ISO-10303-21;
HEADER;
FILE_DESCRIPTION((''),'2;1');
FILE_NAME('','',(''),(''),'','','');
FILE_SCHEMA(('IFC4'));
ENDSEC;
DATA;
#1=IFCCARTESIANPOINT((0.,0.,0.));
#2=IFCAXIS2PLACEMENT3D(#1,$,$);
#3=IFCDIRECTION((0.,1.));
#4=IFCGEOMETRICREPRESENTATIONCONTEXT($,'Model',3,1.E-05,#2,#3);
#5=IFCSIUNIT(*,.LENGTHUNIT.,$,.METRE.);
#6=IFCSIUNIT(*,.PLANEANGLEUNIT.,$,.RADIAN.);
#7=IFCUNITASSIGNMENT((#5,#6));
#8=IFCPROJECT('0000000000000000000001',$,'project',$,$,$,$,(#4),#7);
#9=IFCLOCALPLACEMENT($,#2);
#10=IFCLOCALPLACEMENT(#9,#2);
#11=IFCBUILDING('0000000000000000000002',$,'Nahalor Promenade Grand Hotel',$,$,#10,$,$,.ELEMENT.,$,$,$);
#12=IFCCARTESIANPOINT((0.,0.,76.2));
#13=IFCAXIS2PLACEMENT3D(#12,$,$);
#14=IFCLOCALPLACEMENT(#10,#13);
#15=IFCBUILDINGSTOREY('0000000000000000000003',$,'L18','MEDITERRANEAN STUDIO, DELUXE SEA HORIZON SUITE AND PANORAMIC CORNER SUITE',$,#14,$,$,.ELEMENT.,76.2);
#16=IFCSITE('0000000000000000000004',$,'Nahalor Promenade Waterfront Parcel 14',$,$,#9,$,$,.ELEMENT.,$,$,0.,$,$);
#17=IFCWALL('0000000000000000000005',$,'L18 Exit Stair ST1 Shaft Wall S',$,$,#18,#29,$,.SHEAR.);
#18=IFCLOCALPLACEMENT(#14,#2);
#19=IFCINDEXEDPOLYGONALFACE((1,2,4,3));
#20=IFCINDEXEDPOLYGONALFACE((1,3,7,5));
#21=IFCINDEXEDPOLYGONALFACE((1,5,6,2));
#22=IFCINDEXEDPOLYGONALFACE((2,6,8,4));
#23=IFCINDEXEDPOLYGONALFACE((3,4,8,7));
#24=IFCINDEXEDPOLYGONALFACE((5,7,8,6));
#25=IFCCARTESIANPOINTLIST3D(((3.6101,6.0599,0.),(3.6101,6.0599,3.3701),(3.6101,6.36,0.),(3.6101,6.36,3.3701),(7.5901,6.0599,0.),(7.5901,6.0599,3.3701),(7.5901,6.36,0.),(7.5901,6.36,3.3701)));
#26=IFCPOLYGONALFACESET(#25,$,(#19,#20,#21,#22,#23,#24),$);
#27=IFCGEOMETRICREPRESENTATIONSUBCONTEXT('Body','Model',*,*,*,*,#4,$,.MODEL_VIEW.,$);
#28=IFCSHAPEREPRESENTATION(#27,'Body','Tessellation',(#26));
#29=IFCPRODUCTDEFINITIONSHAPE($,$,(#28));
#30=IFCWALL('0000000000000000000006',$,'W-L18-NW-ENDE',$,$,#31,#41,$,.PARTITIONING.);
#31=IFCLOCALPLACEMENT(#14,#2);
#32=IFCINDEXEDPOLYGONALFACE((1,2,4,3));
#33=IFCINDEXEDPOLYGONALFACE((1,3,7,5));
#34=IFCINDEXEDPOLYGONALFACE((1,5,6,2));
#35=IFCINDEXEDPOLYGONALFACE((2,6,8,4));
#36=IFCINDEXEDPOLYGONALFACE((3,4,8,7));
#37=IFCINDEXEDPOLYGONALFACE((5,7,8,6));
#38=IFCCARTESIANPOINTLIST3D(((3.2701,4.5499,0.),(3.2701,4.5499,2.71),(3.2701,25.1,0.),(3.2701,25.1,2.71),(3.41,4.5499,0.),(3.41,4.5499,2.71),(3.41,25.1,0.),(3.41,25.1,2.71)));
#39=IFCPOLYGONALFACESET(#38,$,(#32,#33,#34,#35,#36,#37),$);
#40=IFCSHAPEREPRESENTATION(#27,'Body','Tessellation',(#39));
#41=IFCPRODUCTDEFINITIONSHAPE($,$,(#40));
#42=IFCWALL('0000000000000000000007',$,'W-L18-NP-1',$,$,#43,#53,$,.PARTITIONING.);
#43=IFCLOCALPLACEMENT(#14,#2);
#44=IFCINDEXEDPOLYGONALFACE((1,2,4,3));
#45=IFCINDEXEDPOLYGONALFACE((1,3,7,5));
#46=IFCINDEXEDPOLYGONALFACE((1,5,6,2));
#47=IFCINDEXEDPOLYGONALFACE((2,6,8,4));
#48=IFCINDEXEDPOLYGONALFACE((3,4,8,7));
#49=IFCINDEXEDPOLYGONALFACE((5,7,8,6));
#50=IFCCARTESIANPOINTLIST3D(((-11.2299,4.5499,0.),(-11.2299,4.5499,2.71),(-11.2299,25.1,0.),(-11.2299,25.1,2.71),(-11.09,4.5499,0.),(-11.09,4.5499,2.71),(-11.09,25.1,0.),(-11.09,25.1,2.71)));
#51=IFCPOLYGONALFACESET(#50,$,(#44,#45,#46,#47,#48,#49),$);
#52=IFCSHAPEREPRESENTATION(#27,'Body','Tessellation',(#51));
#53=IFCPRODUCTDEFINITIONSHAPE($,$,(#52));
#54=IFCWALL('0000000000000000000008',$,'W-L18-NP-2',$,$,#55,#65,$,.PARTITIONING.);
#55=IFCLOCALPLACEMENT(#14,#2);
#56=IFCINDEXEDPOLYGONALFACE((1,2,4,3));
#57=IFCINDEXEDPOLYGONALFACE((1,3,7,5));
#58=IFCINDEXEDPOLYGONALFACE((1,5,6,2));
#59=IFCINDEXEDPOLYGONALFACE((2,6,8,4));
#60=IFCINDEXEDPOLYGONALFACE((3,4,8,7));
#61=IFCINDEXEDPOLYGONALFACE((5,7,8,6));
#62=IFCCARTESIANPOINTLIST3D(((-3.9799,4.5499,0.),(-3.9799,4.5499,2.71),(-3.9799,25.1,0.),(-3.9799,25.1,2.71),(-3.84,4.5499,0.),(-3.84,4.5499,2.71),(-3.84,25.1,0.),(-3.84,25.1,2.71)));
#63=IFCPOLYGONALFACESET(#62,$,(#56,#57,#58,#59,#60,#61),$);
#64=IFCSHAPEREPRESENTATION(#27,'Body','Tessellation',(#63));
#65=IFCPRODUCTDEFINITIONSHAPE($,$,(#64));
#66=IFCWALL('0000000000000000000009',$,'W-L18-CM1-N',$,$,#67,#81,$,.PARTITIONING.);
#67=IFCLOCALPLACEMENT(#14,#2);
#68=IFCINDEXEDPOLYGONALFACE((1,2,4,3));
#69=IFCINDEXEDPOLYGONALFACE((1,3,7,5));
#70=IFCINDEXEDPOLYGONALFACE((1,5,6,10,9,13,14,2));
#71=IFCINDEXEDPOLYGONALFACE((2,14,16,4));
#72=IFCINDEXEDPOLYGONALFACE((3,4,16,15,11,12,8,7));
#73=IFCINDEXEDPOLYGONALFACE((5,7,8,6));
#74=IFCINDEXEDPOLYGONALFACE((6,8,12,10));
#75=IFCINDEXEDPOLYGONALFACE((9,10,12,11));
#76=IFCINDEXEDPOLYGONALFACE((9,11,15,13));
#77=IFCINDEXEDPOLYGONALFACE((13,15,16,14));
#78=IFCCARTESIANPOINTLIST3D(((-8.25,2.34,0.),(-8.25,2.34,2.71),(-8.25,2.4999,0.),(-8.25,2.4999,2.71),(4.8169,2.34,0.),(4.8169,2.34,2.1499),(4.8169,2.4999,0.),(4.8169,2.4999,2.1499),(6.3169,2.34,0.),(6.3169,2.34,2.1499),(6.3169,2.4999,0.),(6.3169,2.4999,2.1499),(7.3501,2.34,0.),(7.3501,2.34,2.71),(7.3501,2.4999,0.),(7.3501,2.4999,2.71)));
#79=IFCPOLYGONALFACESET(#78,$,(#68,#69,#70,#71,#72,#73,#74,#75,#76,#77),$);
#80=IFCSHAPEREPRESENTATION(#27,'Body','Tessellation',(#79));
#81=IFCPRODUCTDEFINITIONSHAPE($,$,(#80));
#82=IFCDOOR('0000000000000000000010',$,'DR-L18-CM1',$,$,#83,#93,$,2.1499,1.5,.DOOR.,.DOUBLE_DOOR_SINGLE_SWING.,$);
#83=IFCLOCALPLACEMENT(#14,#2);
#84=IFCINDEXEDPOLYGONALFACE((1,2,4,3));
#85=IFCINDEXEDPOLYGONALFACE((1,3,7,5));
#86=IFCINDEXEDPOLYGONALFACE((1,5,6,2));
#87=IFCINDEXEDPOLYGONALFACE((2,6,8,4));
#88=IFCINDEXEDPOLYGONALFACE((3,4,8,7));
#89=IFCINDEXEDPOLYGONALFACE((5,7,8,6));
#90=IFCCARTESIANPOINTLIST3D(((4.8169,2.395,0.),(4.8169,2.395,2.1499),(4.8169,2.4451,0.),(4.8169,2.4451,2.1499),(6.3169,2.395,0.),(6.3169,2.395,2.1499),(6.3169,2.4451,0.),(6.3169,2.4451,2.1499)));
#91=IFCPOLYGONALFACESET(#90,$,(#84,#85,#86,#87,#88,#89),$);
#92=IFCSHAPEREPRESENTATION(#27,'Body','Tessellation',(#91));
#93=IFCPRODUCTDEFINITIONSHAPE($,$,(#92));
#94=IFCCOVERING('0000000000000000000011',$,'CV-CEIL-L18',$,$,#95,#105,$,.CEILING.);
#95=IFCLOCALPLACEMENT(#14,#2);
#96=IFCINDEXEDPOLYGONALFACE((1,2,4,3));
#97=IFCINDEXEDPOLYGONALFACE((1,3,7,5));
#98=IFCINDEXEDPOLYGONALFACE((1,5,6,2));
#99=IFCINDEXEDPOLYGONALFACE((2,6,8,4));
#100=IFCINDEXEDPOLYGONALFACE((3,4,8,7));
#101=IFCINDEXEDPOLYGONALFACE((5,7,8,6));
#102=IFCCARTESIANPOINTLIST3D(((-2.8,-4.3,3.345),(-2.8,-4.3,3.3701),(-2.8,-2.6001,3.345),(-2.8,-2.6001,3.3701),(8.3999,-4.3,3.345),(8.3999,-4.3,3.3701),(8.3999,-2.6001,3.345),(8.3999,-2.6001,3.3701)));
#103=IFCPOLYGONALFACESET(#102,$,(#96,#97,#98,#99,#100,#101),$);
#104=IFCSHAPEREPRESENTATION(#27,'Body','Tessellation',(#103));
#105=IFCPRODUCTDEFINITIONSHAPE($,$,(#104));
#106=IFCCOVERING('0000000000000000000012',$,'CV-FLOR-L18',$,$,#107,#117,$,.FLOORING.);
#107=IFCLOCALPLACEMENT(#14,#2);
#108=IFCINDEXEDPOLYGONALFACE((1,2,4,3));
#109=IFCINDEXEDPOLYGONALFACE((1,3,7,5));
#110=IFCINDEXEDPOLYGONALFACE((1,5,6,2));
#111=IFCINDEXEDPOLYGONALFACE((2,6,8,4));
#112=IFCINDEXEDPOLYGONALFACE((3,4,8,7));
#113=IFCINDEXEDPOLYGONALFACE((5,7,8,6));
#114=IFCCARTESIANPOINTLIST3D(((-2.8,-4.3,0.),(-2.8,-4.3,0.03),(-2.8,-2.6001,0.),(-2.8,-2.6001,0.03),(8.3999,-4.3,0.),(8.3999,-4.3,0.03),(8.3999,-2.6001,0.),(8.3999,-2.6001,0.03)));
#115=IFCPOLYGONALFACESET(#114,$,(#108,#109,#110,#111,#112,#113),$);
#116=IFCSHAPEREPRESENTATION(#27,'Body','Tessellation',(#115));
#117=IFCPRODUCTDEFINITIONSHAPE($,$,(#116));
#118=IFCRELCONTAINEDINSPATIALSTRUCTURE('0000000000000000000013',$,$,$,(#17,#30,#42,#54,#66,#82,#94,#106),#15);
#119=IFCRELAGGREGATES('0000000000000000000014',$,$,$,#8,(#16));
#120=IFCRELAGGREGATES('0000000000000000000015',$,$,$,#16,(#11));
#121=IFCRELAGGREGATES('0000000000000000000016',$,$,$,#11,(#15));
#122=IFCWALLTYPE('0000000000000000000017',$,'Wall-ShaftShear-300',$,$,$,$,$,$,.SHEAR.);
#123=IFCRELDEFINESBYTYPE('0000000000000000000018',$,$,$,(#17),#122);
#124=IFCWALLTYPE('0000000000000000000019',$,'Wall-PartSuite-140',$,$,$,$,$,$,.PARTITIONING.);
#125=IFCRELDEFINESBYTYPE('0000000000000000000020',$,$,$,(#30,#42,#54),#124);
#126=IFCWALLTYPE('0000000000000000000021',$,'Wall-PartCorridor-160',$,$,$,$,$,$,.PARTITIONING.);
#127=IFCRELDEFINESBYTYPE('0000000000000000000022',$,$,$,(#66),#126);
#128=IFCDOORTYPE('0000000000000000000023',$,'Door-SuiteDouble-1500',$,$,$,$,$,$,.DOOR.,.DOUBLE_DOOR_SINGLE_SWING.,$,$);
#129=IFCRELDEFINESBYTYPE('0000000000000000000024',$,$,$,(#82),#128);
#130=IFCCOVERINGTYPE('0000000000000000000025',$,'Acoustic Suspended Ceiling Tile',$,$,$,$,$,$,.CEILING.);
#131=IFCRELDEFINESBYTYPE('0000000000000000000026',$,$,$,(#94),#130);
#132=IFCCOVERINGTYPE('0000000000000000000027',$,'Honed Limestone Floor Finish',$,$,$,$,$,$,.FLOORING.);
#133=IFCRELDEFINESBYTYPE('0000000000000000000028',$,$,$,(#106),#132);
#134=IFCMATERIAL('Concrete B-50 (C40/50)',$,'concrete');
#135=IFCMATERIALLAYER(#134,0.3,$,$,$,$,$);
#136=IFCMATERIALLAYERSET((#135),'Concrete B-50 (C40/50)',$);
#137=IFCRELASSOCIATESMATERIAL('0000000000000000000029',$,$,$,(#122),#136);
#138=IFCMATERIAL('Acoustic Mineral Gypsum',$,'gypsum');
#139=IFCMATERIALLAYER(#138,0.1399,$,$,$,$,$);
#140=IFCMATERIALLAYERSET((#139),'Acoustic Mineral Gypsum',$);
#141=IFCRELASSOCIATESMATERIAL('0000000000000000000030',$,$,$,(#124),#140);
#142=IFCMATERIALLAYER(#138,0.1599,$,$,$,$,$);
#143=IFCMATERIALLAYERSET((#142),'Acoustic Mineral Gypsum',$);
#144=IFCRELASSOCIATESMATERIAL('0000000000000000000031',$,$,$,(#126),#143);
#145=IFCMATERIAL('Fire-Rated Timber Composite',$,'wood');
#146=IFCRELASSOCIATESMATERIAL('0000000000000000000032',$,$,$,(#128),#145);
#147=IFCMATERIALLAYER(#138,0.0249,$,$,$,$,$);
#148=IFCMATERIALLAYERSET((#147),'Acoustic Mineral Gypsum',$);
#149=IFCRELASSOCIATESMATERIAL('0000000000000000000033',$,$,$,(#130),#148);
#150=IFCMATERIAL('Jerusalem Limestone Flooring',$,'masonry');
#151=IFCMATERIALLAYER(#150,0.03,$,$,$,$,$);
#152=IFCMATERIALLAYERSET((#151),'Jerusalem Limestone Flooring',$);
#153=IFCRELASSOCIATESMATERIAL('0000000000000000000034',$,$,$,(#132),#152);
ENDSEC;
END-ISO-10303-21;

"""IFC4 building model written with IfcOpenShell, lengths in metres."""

from ifc_helpers import new_model, si_unit, direction, frame, frame_2d, origin, place, context, subcontext, project, spatial, polyline, rectangle, outline, extrude, source, transform, mapped, material, layer, layer_set, type_object, element, fill, save


model = new_model("IFC4")

# Units and contexts
model_context = context("Model", 3, precision=1e-05, world=origin(), true_north=direction((0.0, 1.0)))
body_context = subcontext(model_context, "Body", "Model", "MODEL_VIEW")
ifc_project = project(units=[si_unit("LENGTHUNIT", "METRE"), si_unit("PLANEANGLEUNIT", "RADIAN")], contexts=[model_context])

# Site, building, storey
site_placement = place(None, origin())
site = spatial("IfcSite", under=ifc_project, at=site_placement, Name="Nahalor Promenade Waterfront Parcel 14", CompositionType="ELEMENT", RefElevation=0.0)
building_placement = place(site_placement, origin())
building = spatial("IfcBuilding", under=site, at=building_placement, Name="Nahalor Promenade Grand Hotel", CompositionType="ELEMENT")
storey_placement = place(building_placement, frame((0.0, 0.0, 76.2)))
storey = spatial("IfcBuildingStorey", under=building, at=storey_placement, Name="L18", Description="MEDITERRANEAN STUDIO, DELUXE SEA HORIZON SUITE AND PANORAMIC CORNER SUITE", CompositionType="ELEMENT", Elevation=76.2)

# Shared definitions
ifc_material_1 = material(Name="Concrete B-50 (C40/50)", Category="concrete")

# Walls
ifc_layer_1 = layer(ifc_material_1, 0.3)
ifc_layer_set_1 = layer_set([ifc_layer_1], Name="Concrete B-50 (C40/50)")
wall_type_1 = type_object("IfcWallType", Name="Wall-ShaftShear-300", PredefinedType="SHEAR", material=ifc_layer_set_1)
shared_shape_1 = source(origin(), body_context, "Body", "SweptSolid", [
    extrude(rectangle(XDim=3.98, YDim=0.3, at=frame_2d((1.99, 0.0))), origin(), (0.0, 0.0, 1.0), 3.3701),
])
wall_1_placement = place(storey_placement, frame((3.6101, 6.21, 0.0), z_axis=(0.0, 0.0, 1.0), x_axis=(1.0, 0.0, 0.0)))
element("IfcWall", 1, at=wall_1_placement, inside=storey, type_object=wall_type_1, Name="L18 Exit Stair ST1 Shaft Wall S", PredefinedType="SHEAR", context=body_context, shape_type="MappedRepresentation", body=[
    mapped(shared_shape_1, transform((0.0, 0.0, 0.0), scale=1.0)),
])
ifc_material_2 = material(Name="Acoustic Mineral Gypsum", Category="gypsum")
ifc_layer_2 = layer(ifc_material_2, 0.1399)
ifc_layer_set_2 = layer_set([ifc_layer_2], Name="Acoustic Mineral Gypsum")
wall_type_2 = type_object("IfcWallType", Name="Wall-PartSuite-140", PredefinedType="PARTITIONING", material=ifc_layer_set_2)
shared_shape_2 = source(origin(), body_context, "Body", "SweptSolid", [
    extrude(rectangle(XDim=20.55, YDim=0.1399, at=frame_2d((10.2749, 0.0))), origin(), (0.0, 0.0, 1.0), 2.71),
])
for number, where, z_axis, x_axis, name in (
    (2, (3.3401, 4.55, 0.0), (0.0, 0.0, 1.0), (0.0, 1.0, 0.0), "W-L18-NW-ENDE"),
    (3, (-11.1599, 4.55, 0.0), (0.0, 0.0, 1.0), (0.0, 1.0, 0.0), "W-L18-NP-1"),
    (4, (-3.9099, 4.55, 0.0), (0.0, 0.0, 1.0), (0.0, 1.0, 0.0), "W-L18-NP-2"),
):
    element("IfcWall", number, at=place(storey_placement, frame(where, z_axis=z_axis, x_axis=x_axis)), inside=storey, type_object=wall_type_2, Name=name, PredefinedType="PARTITIONING", context=body_context, shape_type="MappedRepresentation", body=[
        mapped(shared_shape_2, transform((0.0, 0.0, 0.0), scale=1.0)),
    ])

# Wall, opening, door
ifc_layer_3 = layer(ifc_material_2, 0.1599)
ifc_layer_set_3 = layer_set([ifc_layer_3], Name="Acoustic Mineral Gypsum")
wall_type_3 = type_object("IfcWallType", Name="Wall-PartCorridor-160", PredefinedType="PARTITIONING", material=ifc_layer_set_3)
shared_shape_3 = source(origin(), body_context, "Body", "SweptSolid", [
    extrude(rectangle(XDim=15.6001, YDim=0.1599, at=frame_2d((7.8, 0.0))), origin(), (0.0, 0.0, 1.0), 2.71),
])
wall_2_placement = place(storey_placement, frame((-8.25, 2.4199, 0.0), z_axis=(0.0, 0.0, 1.0), x_axis=(1.0, 0.0, 0.0)))
wall_2 = element("IfcWall", 5, at=wall_2_placement, inside=storey, type_object=wall_type_3, Name="W-L18-CM1-N", PredefinedType="PARTITIONING", context=body_context, shape_type="MappedRepresentation", body=[
    mapped(shared_shape_3, transform((0.0, 0.0, 0.0), scale=1.0)),
])
opening_placement = place(wall_2_placement, frame((13.0669, 0.0, 0.0)))
opening = element("IfcOpeningElement", 6, at=opening_placement, cuts=wall_2, PredefinedType="OPENING", context=body_context, shape_type="SweptSolid", body=[
    extrude(rectangle(XDim=1.5, YDim=2.1499, at=frame_2d((0.75, 1.075))), frame((0.0, 0.0898, 0.0), z_axis=(0.0, -1.0, 0.0), x_axis=(1.0, 0.0, 0.0)), (0.0, 0.0, 1.0), 0.1799),
])
ifc_material_3 = material(Name="Fire-Rated Timber Composite", Category="wood")
door_type = type_object("IfcDoorType", Name="Door-SuiteDouble-1500", OperationType="DOUBLE_DOOR_SINGLE_SWING", PredefinedType="DOOR", material=ifc_material_3)
shared_shape_4 = source(origin(), body_context, "Body", "SweptSolid", [
    extrude(rectangle(XDim=1.5, YDim=2.1499, at=frame_2d((0.75, 1.075))), frame((0.0, 0.0249, 0.0), z_axis=(0.0, -1.0, 0.0), x_axis=(1.0, 0.0, 0.0)), (0.0, 0.0, 1.0), 0.05),
])
door_placement = place(opening_placement, frame((1.5, 0.0, 0.0), z_axis=(0.0, 0.0, 1.0), x_axis=(-1.0, 0.0, 0.0)))
door = element("IfcDoor", 7, at=door_placement, inside=storey, type_object=door_type, Name="DR-L18-CM1", OperationType="DOUBLE_DOOR_SINGLE_SWING", OverallHeight=2.1499, OverallWidth=1.5, PredefinedType="DOOR", context=body_context, shape_type="MappedRepresentation", body=[
    mapped(shared_shape_4, transform((0.0, 0.0, 0.0), scale=1.0)),
])
fill(opening, door)

# Coverings
ifc_layer_4 = layer(ifc_material_2, 0.0249)
ifc_layer_set_4 = layer_set([ifc_layer_4], Name="Acoustic Mineral Gypsum")
covering_type_1 = type_object("IfcCoveringType", Name="Acoustic Suspended Ceiling Tile", PredefinedType="CEILING", material=ifc_layer_set_4)
covering_1_placement = place(storey_placement, frame((0.0, 0.0, 3.345)))
element("IfcCovering", 8, at=covering_1_placement, inside=storey, type_object=covering_type_1, Name="CV-CEIL-L18", PredefinedType="CEILING", context=body_context, shape_type="SweptSolid", body=[
    extrude(outline(polyline([(-2.8, -4.3), (8.3999, -4.3), (8.3999, -2.6001), (-2.8, -2.6001), (-2.8, -4.3)])), origin(), (0.0, 0.0, 1.0), 0.0251),
])
ifc_material_4 = material(Name="Jerusalem Limestone Flooring", Category="masonry")
ifc_layer_5 = layer(ifc_material_4, 0.03)
ifc_layer_set_5 = layer_set([ifc_layer_5], Name="Jerusalem Limestone Flooring")
covering_type_2 = type_object("IfcCoveringType", Name="Honed Limestone Floor Finish", PredefinedType="FLOORING", material=ifc_layer_set_5)
covering_2_placement = place(storey_placement, origin())
element("IfcCovering", 9, at=covering_2_placement, inside=storey, type_object=covering_type_2, Name="CV-FLOR-L18", PredefinedType="FLOORING", context=body_context, shape_type="SweptSolid", body=[
    extrude(outline(polyline([(-2.8, -4.3), (8.3999, -4.3), (8.3999, -2.6001), (-2.8, -2.6001), (-2.8, -4.3)])), origin(), (0.0, 0.0, 1.0), 0.03),
])

save(model, "model.ifc")
